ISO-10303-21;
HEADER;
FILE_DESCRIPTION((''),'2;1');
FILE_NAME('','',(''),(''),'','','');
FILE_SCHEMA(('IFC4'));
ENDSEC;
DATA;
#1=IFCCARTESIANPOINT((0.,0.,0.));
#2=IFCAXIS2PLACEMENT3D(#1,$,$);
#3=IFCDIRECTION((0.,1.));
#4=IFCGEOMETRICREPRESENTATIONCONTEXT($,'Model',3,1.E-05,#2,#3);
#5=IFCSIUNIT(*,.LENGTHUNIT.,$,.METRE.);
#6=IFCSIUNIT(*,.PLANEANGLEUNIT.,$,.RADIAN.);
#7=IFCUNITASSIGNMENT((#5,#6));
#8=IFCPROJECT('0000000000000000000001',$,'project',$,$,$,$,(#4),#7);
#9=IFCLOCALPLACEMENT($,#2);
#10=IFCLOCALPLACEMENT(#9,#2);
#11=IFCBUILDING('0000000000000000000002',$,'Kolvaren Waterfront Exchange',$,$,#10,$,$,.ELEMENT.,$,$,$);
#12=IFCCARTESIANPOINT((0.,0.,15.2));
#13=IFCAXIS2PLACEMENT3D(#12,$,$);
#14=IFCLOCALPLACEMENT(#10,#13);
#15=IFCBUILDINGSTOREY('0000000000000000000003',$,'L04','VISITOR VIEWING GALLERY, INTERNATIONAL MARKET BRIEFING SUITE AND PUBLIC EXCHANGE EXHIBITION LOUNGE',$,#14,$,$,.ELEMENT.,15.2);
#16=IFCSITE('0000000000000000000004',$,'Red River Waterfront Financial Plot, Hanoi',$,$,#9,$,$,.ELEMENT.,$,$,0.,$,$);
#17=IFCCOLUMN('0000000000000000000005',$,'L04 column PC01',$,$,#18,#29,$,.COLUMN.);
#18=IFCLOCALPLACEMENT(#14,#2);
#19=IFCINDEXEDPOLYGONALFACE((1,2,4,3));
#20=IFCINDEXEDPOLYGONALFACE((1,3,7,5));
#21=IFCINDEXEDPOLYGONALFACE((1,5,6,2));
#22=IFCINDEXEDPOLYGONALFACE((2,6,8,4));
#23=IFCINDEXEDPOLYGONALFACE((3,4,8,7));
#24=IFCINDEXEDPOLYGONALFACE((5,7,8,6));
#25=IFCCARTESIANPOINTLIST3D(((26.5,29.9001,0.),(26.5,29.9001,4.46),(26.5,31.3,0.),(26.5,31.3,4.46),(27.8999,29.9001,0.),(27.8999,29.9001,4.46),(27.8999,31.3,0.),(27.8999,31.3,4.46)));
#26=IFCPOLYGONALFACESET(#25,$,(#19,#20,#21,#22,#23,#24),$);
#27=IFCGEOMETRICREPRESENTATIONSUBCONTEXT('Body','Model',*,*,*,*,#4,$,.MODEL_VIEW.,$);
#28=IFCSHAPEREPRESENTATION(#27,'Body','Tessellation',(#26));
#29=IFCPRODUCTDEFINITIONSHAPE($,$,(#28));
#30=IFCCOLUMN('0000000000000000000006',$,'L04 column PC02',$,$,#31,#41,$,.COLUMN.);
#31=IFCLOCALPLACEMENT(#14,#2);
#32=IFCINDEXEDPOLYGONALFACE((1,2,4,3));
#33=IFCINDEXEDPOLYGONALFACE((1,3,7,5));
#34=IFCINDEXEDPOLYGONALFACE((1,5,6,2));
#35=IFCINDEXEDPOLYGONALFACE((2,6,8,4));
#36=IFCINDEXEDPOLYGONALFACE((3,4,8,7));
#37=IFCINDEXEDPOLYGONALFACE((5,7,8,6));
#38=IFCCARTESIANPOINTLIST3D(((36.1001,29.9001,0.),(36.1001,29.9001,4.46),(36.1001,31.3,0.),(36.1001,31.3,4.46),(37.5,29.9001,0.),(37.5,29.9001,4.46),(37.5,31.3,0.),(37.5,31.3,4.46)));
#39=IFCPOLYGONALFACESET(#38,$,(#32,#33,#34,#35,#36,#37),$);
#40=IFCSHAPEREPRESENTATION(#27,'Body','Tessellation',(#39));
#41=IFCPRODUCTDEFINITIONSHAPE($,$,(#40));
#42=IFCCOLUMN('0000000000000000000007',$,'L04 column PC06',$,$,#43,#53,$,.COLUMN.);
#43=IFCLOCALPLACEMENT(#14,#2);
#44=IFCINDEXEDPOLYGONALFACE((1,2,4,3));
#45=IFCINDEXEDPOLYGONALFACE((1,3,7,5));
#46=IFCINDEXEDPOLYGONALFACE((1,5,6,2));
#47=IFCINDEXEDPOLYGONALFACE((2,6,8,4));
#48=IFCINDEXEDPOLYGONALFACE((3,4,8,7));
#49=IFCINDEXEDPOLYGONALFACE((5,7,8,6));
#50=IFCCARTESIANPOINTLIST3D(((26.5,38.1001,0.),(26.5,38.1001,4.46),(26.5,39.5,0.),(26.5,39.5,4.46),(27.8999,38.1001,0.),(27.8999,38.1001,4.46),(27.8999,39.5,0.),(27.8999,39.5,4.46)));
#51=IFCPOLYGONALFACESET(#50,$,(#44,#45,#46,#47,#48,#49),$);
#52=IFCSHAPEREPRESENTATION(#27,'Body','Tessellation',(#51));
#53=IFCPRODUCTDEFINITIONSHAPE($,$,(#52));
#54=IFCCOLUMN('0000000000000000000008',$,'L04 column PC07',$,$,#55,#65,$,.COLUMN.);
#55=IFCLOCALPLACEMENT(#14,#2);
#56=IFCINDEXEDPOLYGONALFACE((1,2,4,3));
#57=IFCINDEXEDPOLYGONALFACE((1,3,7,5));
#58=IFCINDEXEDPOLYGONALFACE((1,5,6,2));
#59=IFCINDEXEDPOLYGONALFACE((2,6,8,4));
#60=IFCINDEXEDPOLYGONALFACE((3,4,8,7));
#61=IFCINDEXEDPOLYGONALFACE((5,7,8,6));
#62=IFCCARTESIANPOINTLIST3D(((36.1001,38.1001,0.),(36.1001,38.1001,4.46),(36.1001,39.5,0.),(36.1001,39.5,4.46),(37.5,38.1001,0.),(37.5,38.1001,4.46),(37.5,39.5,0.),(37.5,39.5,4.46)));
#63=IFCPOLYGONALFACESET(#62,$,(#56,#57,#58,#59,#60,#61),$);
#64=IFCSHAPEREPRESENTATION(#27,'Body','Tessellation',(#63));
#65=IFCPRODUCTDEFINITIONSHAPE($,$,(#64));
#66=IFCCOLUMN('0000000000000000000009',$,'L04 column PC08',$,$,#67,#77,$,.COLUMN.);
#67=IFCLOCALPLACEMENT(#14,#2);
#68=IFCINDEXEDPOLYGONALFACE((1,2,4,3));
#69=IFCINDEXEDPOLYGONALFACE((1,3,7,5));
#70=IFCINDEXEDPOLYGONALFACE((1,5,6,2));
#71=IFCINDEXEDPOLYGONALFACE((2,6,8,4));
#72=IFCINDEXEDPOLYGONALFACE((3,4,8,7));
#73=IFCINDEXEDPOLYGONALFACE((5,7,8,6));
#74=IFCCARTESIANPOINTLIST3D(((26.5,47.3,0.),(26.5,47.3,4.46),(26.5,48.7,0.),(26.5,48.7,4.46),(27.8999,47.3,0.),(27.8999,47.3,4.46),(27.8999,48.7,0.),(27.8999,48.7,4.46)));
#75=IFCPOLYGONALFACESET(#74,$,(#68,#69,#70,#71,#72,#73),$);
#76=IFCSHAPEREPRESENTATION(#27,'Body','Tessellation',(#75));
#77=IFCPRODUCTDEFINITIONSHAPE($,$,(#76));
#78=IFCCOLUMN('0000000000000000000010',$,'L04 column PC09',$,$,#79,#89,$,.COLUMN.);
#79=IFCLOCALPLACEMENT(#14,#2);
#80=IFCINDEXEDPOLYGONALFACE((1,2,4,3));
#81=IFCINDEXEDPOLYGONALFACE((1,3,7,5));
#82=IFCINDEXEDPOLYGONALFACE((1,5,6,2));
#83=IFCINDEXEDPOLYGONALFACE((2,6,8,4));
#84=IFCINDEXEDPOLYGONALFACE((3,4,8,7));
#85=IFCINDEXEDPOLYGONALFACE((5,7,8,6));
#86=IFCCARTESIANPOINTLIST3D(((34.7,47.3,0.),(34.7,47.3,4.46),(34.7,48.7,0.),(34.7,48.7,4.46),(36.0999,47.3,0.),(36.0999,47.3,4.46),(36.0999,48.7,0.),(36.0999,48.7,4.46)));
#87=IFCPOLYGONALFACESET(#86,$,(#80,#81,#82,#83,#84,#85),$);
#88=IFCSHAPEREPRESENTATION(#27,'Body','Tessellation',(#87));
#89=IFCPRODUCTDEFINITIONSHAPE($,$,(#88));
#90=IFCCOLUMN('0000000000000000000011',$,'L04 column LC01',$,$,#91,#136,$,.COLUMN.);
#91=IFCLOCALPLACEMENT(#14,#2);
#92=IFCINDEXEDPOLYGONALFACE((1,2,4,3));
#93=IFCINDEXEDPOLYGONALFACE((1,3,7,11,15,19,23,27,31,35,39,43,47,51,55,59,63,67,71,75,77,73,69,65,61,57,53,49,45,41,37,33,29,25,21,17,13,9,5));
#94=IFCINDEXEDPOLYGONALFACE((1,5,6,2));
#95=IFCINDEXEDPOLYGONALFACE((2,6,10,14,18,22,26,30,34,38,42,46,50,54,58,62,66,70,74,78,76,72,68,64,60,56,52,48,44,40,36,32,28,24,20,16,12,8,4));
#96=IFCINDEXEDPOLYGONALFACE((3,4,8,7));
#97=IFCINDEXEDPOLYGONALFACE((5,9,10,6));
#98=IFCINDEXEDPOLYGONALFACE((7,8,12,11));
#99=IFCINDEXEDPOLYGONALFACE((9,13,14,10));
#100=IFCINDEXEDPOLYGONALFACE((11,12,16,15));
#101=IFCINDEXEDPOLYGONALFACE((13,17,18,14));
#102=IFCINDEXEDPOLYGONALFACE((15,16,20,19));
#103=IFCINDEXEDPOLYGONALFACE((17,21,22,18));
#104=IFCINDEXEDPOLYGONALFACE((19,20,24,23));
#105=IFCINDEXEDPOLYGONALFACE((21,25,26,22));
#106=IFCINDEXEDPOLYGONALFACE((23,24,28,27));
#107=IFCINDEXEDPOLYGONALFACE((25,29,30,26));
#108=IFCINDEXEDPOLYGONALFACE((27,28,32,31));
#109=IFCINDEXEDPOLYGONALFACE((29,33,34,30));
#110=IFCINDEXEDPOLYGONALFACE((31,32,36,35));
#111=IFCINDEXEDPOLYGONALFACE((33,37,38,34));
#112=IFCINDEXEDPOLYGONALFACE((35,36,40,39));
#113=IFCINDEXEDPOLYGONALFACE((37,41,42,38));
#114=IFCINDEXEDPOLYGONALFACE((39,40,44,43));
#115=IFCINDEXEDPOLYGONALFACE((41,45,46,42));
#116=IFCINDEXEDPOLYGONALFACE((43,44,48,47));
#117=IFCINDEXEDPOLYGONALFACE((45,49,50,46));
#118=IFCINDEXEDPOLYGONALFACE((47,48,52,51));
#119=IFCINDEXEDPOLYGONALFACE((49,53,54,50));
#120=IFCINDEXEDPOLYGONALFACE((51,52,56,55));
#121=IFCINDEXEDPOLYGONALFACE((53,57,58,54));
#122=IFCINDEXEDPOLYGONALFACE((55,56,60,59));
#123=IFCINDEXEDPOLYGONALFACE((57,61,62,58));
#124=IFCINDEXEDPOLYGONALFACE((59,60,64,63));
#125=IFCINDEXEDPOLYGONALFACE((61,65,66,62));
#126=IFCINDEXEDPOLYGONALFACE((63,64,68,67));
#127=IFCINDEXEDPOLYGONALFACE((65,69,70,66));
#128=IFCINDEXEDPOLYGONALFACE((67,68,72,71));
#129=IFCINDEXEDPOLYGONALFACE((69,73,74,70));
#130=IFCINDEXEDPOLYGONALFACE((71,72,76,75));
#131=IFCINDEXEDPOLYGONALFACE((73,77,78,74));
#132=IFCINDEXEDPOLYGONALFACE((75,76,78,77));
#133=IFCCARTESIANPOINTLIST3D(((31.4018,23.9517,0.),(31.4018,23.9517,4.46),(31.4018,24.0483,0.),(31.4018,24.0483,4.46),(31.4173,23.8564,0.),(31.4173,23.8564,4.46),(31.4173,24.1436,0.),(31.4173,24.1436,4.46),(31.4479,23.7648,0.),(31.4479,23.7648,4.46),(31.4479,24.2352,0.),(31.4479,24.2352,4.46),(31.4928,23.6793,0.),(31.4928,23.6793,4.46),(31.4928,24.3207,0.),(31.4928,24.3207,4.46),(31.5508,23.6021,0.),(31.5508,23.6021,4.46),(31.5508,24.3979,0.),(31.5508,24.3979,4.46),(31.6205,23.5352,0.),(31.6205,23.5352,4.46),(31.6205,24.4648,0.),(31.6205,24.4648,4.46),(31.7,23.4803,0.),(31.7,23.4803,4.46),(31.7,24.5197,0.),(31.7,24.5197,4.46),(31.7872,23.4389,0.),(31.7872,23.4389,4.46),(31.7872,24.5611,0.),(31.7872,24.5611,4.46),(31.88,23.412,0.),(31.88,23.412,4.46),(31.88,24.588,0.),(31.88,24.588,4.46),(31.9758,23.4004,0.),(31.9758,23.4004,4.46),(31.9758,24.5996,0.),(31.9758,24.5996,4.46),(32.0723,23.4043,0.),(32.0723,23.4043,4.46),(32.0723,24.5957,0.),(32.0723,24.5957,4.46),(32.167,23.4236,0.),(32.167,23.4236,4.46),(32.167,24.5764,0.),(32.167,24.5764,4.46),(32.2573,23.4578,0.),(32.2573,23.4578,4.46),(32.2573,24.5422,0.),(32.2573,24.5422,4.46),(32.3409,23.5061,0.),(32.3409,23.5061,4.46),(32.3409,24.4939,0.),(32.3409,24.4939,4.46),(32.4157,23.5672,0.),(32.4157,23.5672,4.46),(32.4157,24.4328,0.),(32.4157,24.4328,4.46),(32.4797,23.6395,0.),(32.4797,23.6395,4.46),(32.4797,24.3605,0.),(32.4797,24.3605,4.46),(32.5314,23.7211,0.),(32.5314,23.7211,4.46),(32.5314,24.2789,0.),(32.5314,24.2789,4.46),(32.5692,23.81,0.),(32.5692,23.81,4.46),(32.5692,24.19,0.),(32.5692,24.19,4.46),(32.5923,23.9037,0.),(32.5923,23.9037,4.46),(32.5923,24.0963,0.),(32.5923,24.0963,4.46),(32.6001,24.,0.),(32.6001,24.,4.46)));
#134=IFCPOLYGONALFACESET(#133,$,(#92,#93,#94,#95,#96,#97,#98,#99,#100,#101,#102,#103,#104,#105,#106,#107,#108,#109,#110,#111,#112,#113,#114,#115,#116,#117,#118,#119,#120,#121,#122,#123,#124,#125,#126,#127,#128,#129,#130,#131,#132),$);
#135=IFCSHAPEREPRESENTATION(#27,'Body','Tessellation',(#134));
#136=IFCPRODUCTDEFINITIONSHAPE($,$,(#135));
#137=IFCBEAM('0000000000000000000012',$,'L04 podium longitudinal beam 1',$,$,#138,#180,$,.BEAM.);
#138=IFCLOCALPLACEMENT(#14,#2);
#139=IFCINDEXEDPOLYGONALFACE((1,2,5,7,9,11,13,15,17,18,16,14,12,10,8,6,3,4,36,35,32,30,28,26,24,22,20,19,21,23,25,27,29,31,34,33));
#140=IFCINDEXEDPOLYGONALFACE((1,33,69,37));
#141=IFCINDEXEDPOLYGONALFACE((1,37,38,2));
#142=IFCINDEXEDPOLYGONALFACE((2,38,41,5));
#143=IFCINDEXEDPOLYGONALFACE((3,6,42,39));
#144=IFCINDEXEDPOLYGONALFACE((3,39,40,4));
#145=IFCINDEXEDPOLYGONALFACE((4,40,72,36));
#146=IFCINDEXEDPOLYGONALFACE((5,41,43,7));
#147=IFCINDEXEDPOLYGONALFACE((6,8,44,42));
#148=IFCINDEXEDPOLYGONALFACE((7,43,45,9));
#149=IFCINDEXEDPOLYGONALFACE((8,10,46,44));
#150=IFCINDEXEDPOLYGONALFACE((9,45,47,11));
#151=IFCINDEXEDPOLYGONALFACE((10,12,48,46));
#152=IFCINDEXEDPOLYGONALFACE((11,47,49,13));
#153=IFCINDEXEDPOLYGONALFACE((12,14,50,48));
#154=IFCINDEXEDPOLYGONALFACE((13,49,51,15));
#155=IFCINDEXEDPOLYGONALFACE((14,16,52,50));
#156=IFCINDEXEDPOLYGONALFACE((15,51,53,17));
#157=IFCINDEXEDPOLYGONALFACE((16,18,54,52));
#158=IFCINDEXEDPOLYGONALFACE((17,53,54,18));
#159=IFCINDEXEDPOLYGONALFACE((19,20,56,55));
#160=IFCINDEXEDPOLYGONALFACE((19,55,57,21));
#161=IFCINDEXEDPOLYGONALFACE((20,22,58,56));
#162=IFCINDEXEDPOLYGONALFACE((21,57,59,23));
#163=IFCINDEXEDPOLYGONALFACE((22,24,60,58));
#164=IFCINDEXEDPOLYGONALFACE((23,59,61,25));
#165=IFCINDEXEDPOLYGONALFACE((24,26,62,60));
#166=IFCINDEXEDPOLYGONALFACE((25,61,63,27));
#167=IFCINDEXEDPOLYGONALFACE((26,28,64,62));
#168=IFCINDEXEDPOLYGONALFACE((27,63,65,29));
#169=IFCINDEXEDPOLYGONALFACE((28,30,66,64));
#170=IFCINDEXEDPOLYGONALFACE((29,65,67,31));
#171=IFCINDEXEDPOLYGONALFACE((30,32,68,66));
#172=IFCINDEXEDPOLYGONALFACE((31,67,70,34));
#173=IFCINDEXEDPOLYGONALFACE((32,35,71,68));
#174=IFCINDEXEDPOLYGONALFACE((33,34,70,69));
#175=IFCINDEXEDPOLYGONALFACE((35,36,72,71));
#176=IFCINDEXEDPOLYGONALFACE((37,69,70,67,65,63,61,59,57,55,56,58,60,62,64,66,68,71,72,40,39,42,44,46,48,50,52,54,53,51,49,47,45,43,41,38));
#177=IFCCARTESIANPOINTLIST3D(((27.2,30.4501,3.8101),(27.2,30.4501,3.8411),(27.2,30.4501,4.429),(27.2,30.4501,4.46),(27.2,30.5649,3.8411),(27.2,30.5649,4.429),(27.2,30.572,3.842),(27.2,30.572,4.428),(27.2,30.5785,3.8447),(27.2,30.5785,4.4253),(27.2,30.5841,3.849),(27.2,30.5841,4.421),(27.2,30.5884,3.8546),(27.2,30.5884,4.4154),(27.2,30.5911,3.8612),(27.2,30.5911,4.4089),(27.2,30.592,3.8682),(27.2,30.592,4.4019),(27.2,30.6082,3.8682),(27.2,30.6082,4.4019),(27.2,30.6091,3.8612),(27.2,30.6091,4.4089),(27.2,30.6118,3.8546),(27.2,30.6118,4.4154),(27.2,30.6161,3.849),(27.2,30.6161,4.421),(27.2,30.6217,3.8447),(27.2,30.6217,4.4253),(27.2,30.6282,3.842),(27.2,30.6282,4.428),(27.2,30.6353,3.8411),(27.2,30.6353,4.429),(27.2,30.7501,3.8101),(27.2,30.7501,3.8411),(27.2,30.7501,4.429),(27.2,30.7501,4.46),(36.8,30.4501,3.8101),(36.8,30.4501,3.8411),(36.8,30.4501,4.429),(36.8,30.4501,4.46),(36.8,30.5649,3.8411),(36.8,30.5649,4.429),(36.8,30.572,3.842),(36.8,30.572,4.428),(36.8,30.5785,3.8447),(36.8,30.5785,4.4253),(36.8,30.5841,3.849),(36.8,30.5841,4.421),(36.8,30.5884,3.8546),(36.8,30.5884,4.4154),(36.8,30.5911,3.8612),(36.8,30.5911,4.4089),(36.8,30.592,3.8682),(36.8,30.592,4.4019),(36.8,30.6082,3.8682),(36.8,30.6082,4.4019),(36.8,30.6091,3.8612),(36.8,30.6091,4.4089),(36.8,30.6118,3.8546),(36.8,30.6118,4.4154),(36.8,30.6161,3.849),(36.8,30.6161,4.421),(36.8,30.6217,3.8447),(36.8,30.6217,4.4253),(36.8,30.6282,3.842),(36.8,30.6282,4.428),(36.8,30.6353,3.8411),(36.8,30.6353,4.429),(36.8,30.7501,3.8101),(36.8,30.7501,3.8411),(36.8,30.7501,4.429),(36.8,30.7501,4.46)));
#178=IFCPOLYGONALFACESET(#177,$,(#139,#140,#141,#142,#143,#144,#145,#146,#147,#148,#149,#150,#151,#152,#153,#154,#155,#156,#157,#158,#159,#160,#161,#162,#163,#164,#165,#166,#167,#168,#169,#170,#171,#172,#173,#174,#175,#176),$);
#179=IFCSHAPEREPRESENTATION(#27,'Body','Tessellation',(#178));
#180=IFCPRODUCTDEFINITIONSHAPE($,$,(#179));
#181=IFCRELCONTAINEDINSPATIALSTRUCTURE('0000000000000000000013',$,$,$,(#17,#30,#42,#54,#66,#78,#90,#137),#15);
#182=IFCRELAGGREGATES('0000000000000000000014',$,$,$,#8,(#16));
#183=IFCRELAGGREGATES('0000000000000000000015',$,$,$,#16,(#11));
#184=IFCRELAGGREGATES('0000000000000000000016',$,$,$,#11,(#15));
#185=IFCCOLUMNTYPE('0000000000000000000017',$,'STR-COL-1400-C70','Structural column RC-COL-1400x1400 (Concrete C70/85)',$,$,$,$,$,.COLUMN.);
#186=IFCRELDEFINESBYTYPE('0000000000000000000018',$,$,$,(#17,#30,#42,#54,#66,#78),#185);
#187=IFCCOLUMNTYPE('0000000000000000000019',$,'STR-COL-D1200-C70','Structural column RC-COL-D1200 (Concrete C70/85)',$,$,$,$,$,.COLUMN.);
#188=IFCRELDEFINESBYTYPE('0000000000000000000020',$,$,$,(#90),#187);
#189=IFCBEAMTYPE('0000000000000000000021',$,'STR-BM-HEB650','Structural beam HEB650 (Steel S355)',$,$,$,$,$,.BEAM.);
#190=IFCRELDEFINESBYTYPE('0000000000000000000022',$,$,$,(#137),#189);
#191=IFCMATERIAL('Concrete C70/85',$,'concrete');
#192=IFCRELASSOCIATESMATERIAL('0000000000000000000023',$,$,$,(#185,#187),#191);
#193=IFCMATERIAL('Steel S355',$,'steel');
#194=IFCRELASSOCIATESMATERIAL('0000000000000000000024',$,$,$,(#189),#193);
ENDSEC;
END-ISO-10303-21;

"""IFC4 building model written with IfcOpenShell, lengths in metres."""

from ifc_helpers import new_model, si_unit, direction, frame, origin, origin_2d, place, context, subcontext, project, spatial, rectangle, circle, i_section, extrude, material, material_profile, profile_set, type_object, element, save


model = new_model("IFC4")

# Units and contexts
model_context = context("Model", 3, precision=1e-05, world=origin(), true_north=direction((0.0, 1.0)))
body_context = subcontext(model_context, "Body", "Model", "MODEL_VIEW")
ifc_project = project(units=[si_unit("LENGTHUNIT", "METRE"), si_unit("PLANEANGLEUNIT", "RADIAN")], contexts=[model_context])

# Site, building, storey
site_placement = place(None, origin())
site = spatial("IfcSite", under=ifc_project, at=site_placement, Name="Red River Waterfront Financial Plot, Hanoi", CompositionType="ELEMENT", RefElevation=0.0)
building_placement = place(site_placement, origin())
building = spatial("IfcBuilding", under=site, at=building_placement, Name="Kolvaren Waterfront Exchange", CompositionType="ELEMENT")
storey_placement = place(building_placement, frame((0.0, 0.0, 15.2)))
storey = spatial("IfcBuildingStorey", under=building, at=storey_placement, Name="L04", Description="VISITOR VIEWING GALLERY, INTERNATIONAL MARKET BRIEFING SUITE AND PUBLIC EXCHANGE EXHIBITION LOUNGE", CompositionType="ELEMENT", Elevation=15.2)

# Columns
ifc_material_1 = material(Name="Concrete C70/85", Category="concrete")
ifc_material_profile_1 = material_profile(ifc_material_1, rectangle(XDim=1.3999, YDim=1.3999, at=origin_2d()), Name="RC-COL-1400x1400")
ifc_profile_set_1 = profile_set([ifc_material_profile_1], Name="Concrete C70/85")
column_type_1 = type_object("IfcColumnType", Name="STR-COL-1400-C70", Description="Structural column RC-COL-1400x1400 (Concrete C70/85)", PredefinedType="COLUMN", material=ifc_profile_set_1)
for number, where, z_axis, x_axis, name in (
    (1, (27.2, 30.6001, 0.0), (0.0, 0.0, 1.0), (1.0, 0.0, 0.0), "L04 column PC01"),
    (2, (36.8, 30.6001, 0.0), (0.0, 0.0, 1.0), (1.0, 0.0, 0.0), "L04 column PC02"),
    (3, (27.2, 38.8, 0.0), (0.0, 0.0, 1.0), (1.0, 0.0, 0.0), "L04 column PC06"),
    (4, (36.8, 38.8, 0.0), (0.0, 0.0, 1.0), (1.0, 0.0, 0.0), "L04 column PC07"),
    (5, (27.2, 48.0, 0.0), (0.0, 0.0, 1.0), (1.0, 0.0, 0.0), "L04 column PC08"),
    (6, (35.3999, 48.0, 0.0), (0.0, 0.0, 1.0), (1.0, 0.0, 0.0), "L04 column PC09"),
):
    element("IfcColumn", number, at=place(storey_placement, frame(where, z_axis=z_axis, x_axis=x_axis)), inside=storey, type_object=column_type_1, Name=name, PredefinedType="COLUMN", context=body_context, shape_type="SweptSolid", body=[
        extrude(rectangle(XDim=1.3999, YDim=1.3999, at=origin_2d()), origin(), (0.0, 0.0, 1.0), 4.46),
    ])
ifc_material_profile_2 = material_profile(ifc_material_1, circle(Radius=0.6001, at=origin_2d()), Name="RC-COL-D1200")
ifc_profile_set_2 = profile_set([ifc_material_profile_2], Name="Concrete C70/85")
column_type_2 = type_object("IfcColumnType", Name="STR-COL-D1200-C70", Description="Structural column RC-COL-D1200 (Concrete C70/85)", PredefinedType="COLUMN", material=ifc_profile_set_2)
column_placement = place(storey_placement, frame((32.0, 24.0, 0.0), z_axis=(0.0, 0.0, 1.0), x_axis=(1.0, 0.0, 0.0)))
element("IfcColumn", 7, at=column_placement, inside=storey, type_object=column_type_2, Name="L04 column LC01", PredefinedType="COLUMN", context=body_context, shape_type="SweptSolid", body=[
    extrude(circle(Radius=0.6001, at=origin_2d()), origin(), (0.0, 0.0, 1.0), 4.46),
])

# Beam
ifc_material_2 = material(Name="Steel S355", Category="steel")
ifc_material_profile_3 = material_profile(ifc_material_2, i_section(OverallWidth=0.3, OverallDepth=0.6499, WebThickness=0.0161, FlangeThickness=0.031, FilletRadius=0.0271, at=origin_2d()), Name="HEB650")
ifc_profile_set_3 = profile_set([ifc_material_profile_3], Name="Steel S355")
beam_type_1 = type_object("IfcBeamType", Name="STR-BM-HEB650", Description="Structural beam HEB650 (Steel S355)", PredefinedType="BEAM", material=ifc_profile_set_3)
beam_1_placement = place(storey_placement, frame((27.2, 30.6001, 4.135), z_axis=(1.0, 0.0, 0.0), x_axis=(0.0, 1.0, 0.0)))
element("IfcBeam", 8, at=beam_1_placement, inside=storey, type_object=beam_type_1, Name="L04 podium longitudinal beam 1", PredefinedType="BEAM", context=body_context, shape_type="SweptSolid", body=[
    extrude(i_section(OverallWidth=0.3, OverallDepth=0.6499, WebThickness=0.0161, FlangeThickness=0.031, FilletRadius=0.0271, at=origin_2d()), origin(), (0.0, 0.0, 1.0), 9.6001),
])

save(model, "model.ifc")
